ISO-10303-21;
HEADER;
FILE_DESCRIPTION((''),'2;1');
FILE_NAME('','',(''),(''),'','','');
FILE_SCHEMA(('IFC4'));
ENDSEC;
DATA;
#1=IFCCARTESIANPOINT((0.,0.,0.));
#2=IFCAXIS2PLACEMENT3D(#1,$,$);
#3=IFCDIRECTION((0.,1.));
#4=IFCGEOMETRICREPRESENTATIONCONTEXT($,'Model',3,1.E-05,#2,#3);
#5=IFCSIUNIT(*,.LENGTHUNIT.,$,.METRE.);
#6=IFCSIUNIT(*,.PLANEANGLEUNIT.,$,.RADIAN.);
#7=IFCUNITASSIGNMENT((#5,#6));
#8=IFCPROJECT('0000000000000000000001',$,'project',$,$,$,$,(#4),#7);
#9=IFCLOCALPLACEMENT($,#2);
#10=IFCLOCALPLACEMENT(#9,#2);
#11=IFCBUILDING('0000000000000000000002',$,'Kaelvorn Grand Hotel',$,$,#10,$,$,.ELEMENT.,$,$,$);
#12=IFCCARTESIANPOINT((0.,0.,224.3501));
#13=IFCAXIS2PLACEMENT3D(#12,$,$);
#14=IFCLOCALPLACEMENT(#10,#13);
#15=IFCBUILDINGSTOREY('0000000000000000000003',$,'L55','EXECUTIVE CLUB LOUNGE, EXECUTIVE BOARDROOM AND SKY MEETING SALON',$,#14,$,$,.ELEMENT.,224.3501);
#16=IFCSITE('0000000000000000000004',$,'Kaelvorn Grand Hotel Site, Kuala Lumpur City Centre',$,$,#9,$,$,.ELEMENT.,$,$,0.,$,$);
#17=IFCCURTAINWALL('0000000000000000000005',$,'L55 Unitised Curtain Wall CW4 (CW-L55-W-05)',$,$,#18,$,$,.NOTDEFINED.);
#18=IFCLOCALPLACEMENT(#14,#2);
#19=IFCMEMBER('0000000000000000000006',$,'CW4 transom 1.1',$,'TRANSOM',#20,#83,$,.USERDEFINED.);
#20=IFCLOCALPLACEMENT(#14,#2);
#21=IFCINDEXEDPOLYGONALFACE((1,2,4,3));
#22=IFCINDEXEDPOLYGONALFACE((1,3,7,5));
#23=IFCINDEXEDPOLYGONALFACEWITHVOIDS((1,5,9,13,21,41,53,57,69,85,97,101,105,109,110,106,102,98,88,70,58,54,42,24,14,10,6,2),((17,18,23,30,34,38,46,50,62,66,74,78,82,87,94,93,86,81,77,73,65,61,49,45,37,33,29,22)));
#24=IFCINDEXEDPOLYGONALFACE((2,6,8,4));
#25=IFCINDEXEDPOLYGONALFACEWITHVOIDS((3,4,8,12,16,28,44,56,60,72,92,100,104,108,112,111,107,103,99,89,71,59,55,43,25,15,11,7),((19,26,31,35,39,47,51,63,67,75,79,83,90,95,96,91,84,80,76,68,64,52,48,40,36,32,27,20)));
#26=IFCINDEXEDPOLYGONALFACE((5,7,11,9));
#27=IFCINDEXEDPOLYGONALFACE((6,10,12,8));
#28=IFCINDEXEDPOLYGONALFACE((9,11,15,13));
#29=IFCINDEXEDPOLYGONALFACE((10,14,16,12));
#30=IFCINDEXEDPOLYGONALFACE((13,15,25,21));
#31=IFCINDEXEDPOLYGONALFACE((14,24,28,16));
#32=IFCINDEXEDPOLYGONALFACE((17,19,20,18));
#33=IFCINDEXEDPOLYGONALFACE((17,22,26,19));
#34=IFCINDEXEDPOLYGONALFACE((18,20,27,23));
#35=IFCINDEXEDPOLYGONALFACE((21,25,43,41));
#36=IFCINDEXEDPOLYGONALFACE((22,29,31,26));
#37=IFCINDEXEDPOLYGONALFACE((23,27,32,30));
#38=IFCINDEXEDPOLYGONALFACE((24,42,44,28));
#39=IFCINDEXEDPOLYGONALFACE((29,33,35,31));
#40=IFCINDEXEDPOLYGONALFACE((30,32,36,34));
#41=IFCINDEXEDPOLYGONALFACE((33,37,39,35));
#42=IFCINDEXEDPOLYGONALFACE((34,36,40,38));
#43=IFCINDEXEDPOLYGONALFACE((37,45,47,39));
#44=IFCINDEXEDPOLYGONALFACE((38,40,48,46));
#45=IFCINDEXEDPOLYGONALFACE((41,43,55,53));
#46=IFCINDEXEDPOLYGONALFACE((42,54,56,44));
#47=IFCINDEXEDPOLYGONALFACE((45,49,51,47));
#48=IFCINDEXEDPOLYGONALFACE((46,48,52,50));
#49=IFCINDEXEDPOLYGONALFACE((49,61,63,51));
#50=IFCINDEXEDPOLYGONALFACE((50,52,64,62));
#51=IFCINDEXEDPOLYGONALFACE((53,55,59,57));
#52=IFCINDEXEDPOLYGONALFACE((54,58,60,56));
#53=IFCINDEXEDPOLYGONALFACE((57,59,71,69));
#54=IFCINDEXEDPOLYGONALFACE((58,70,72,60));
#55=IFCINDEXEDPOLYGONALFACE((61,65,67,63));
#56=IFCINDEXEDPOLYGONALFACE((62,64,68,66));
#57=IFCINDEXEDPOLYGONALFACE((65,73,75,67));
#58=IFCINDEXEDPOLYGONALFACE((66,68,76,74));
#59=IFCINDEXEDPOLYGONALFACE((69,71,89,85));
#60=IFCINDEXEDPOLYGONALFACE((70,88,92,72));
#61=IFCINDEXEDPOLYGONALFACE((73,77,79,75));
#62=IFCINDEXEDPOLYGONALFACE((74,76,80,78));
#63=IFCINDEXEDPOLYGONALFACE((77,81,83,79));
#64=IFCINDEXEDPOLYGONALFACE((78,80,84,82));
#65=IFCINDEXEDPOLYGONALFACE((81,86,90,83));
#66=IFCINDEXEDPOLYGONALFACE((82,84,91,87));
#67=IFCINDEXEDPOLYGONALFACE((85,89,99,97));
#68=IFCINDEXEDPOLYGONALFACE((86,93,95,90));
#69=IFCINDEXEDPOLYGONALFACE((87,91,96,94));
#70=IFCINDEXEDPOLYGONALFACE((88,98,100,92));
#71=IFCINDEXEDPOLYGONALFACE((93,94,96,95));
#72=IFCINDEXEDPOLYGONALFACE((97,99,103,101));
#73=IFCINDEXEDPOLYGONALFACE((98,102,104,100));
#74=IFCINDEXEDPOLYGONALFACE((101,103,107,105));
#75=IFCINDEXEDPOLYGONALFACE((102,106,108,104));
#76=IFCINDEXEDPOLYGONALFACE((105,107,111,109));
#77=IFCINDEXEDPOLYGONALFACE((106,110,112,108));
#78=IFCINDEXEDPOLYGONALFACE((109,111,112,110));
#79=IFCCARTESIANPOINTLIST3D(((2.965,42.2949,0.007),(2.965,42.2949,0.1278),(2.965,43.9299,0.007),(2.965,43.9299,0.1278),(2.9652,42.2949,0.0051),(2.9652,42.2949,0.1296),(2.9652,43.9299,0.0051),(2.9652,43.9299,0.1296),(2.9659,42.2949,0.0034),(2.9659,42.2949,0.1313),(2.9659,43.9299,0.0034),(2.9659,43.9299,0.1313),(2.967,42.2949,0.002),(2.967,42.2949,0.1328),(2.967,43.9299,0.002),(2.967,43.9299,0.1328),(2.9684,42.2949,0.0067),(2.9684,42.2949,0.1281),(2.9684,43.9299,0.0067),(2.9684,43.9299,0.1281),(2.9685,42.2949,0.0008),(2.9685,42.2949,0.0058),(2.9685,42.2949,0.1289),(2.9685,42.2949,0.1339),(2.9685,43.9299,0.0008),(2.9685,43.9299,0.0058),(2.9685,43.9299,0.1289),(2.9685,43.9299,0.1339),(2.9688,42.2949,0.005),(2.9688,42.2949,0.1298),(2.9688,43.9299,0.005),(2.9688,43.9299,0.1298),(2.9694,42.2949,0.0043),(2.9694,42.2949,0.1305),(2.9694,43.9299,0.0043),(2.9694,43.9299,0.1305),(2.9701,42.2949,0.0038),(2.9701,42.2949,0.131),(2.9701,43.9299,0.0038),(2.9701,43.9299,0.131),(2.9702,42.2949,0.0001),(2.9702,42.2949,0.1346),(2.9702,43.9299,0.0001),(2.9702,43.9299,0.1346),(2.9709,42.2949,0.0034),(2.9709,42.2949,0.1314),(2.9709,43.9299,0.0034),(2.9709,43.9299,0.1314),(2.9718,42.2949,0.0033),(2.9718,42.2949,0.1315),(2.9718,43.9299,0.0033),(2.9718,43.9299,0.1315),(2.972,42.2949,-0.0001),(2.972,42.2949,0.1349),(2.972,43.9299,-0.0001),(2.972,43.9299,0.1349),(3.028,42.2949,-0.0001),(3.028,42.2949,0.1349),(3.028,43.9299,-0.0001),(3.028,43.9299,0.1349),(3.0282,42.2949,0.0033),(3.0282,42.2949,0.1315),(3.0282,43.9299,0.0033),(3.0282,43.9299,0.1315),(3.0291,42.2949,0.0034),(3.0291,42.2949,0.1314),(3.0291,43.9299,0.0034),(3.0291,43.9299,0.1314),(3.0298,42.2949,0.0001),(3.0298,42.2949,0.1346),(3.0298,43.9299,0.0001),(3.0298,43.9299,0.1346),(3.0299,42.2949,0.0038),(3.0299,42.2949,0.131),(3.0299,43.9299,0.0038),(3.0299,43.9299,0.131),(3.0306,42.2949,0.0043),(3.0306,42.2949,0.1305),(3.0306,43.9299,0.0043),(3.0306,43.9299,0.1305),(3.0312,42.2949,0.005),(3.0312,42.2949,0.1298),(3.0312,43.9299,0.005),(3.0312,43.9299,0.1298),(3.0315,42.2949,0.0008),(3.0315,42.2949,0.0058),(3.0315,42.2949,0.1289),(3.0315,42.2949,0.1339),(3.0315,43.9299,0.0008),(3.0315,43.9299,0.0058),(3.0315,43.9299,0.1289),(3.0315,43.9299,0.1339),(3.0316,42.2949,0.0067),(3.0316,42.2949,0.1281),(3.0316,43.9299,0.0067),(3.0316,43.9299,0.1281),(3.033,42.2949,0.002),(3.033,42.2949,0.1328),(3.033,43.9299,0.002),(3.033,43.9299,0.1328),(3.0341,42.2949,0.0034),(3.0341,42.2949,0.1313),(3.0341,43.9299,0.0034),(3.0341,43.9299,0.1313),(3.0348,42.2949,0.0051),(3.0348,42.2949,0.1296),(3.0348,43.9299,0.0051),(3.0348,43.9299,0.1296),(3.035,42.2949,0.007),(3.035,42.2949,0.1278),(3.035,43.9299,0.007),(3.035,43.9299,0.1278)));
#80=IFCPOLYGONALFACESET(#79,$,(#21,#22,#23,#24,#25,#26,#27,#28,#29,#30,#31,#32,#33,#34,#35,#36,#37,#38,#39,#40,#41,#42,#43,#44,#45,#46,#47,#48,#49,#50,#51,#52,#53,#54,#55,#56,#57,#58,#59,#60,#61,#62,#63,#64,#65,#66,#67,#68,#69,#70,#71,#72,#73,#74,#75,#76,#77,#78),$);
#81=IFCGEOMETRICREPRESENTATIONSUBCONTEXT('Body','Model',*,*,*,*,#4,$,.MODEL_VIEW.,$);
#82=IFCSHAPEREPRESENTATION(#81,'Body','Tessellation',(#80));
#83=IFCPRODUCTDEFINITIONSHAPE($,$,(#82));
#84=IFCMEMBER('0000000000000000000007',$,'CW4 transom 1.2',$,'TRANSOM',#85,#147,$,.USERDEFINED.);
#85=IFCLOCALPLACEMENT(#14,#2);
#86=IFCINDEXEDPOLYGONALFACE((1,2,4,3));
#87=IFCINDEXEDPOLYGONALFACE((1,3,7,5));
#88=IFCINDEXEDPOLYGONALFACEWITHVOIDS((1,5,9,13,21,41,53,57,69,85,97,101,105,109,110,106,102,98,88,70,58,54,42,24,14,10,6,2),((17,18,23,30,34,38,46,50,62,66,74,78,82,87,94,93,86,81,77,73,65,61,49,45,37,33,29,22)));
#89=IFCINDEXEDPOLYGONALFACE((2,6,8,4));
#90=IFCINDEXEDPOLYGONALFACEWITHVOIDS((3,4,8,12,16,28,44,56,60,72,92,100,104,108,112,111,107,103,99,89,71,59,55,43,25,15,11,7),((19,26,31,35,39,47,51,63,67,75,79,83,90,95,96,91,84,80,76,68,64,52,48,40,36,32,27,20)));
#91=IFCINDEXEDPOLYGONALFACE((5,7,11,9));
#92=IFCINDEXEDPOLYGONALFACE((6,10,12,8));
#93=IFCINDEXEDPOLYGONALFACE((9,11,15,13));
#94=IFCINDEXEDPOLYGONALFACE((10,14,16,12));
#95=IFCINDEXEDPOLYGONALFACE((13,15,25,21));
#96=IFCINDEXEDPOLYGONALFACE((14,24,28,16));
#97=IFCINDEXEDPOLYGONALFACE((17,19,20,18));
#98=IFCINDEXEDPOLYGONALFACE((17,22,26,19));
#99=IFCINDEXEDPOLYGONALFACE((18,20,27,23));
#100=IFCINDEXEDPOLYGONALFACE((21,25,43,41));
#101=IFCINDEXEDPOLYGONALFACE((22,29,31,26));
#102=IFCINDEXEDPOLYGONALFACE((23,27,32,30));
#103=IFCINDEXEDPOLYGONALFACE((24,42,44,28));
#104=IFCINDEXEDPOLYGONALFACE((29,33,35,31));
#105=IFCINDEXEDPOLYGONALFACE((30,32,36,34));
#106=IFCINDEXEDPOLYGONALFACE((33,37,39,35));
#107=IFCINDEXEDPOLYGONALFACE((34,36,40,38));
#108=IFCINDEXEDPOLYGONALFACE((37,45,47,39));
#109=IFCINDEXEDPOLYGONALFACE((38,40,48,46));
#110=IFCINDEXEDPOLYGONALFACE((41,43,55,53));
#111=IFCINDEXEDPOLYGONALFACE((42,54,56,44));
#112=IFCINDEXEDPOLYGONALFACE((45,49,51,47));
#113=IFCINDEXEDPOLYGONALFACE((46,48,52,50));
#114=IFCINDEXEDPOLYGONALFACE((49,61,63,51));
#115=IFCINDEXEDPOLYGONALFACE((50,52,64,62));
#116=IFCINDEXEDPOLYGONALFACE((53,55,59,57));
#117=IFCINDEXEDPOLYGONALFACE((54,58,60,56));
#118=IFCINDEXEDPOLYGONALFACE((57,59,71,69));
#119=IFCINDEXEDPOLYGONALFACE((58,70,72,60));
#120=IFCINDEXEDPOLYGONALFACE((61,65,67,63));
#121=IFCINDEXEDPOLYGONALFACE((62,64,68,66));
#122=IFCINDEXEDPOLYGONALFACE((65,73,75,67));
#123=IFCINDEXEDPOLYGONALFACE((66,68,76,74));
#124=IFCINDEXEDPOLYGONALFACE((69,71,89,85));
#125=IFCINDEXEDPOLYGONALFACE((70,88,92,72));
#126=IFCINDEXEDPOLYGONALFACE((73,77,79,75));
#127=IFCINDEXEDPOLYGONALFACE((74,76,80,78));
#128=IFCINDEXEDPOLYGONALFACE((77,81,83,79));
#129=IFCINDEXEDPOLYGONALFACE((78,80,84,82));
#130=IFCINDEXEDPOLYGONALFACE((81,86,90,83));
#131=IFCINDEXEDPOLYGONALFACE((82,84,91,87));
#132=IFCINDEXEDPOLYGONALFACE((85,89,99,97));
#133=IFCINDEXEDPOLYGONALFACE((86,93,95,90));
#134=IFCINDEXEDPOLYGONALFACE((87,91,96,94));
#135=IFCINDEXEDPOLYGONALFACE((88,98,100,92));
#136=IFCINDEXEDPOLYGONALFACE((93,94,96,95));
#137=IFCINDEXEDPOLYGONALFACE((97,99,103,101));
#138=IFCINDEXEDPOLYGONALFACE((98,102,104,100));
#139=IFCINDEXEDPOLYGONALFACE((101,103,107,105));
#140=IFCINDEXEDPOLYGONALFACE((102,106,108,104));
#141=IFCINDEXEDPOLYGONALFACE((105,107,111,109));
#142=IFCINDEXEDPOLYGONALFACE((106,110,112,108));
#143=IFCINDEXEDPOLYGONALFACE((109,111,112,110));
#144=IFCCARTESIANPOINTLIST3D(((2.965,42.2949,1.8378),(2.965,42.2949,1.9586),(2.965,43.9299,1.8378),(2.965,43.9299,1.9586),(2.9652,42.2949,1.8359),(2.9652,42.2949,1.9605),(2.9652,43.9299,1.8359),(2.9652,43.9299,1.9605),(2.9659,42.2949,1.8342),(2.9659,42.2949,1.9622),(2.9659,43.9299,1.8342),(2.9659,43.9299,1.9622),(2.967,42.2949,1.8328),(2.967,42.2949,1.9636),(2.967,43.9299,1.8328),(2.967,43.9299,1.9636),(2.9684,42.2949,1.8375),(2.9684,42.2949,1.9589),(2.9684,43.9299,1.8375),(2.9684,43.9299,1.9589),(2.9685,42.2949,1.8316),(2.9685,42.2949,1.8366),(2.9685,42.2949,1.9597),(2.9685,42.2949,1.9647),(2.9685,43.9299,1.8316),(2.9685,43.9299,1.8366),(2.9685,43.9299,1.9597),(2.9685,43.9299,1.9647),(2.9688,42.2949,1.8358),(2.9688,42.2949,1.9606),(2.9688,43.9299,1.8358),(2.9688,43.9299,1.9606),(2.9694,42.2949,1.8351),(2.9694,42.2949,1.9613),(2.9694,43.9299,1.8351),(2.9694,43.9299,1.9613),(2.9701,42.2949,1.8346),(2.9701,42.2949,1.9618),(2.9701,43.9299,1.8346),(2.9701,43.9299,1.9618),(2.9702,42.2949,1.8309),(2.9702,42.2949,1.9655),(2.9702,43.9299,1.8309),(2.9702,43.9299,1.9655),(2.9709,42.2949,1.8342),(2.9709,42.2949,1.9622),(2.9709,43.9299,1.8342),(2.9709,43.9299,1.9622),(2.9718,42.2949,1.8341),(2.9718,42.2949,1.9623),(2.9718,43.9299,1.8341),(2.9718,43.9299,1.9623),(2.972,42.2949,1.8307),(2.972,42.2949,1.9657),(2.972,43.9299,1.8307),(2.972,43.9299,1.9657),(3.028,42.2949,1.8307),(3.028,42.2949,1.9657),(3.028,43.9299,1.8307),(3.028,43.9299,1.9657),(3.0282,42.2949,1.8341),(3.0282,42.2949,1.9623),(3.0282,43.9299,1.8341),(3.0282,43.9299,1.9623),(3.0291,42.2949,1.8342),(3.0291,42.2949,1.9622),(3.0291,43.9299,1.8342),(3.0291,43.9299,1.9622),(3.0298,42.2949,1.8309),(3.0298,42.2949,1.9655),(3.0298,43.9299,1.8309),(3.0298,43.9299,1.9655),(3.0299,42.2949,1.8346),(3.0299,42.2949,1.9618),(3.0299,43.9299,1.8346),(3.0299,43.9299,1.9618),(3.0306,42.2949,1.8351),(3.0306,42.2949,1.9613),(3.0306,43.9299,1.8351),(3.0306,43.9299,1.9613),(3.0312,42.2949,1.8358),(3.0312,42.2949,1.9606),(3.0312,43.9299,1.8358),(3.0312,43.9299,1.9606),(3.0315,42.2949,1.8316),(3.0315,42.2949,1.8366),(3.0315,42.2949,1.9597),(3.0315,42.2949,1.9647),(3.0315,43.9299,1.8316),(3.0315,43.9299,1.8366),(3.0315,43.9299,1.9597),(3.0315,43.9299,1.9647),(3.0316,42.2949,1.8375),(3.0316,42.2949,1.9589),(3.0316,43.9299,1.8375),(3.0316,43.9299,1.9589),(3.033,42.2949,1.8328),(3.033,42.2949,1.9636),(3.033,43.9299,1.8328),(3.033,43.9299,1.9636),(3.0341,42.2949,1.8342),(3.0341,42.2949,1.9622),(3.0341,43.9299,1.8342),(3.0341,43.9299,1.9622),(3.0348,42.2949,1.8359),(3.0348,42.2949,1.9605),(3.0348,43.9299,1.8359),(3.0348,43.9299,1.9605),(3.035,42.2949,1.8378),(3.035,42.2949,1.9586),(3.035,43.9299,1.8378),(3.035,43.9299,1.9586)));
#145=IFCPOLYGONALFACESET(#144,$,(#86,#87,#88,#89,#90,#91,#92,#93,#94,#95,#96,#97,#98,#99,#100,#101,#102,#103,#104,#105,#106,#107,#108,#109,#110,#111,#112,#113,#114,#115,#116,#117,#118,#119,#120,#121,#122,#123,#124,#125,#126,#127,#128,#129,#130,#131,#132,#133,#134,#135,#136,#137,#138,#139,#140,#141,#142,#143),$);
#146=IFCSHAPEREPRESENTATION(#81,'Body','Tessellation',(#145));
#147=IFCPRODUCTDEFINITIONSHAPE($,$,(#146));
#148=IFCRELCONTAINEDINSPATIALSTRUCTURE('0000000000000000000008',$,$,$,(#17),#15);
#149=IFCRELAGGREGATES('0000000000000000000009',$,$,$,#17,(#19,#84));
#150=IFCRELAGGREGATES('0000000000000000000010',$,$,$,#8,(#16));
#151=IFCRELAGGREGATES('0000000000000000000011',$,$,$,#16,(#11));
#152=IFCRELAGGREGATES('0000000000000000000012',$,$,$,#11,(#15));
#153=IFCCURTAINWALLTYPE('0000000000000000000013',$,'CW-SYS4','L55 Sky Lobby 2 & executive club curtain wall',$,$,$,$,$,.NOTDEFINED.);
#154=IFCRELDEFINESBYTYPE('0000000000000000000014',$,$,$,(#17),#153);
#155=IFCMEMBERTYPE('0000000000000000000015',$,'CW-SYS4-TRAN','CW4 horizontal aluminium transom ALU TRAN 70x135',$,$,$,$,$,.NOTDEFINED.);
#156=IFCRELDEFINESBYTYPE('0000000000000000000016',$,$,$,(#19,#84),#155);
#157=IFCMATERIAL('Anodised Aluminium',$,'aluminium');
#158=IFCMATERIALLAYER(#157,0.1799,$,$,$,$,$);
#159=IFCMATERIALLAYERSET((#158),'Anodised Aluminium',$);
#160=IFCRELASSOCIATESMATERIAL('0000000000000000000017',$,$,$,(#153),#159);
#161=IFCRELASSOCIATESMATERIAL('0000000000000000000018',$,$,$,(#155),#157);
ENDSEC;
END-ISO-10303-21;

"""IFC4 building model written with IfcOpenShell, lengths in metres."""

from ifc_helpers import new_model, si_unit, direction, frame, origin, origin_2d, place, context, subcontext, project, spatial, hollow_rectangle, extrude, material, layer, layer_set, material_profile, profile_set, type_object, element, aggregate, save


model = new_model("IFC4")

# Units and contexts
model_context = context("Model", 3, precision=1e-05, world=origin(), true_north=direction((0.0, 1.0)))
body_context = subcontext(model_context, "Body", "Model", "MODEL_VIEW")
ifc_project = project(units=[si_unit("LENGTHUNIT", "METRE"), si_unit("PLANEANGLEUNIT", "RADIAN")], contexts=[model_context])

# Site, building, storey
site_placement = place(None, origin())
site = spatial("IfcSite", under=ifc_project, at=site_placement, Name="Kaelvorn Grand Hotel Site, Kuala Lumpur City Centre", CompositionType="ELEMENT", RefElevation=0.0)
building_placement = place(site_placement, origin())
building = spatial("IfcBuilding", under=site, at=building_placement, Name="Kaelvorn Grand Hotel", CompositionType="ELEMENT")
storey_placement = place(building_placement, frame((0.0, 0.0, 224.3501)))
storey = spatial("IfcBuildingStorey", under=building, at=storey_placement, Name="L55", Description="EXECUTIVE CLUB LOUNGE, EXECUTIVE BOARDROOM AND SKY MEETING SALON", CompositionType="ELEMENT", Elevation=224.3501)

# Curtain wall, members
ifc_material_1 = material(Name="Anodised Aluminium", Category="aluminium")
ifc_layer_1 = layer(ifc_material_1, 0.1799)
ifc_layer_set_1 = layer_set([ifc_layer_1], Name="Anodised Aluminium")
curtain_wall_type = type_object("IfcCurtainWallType", Name="CW-SYS4", Description="L55 Sky Lobby 2 & executive club curtain wall", PredefinedType="NOTDEFINED", material=ifc_layer_set_1)
curtain_wall_placement = place(storey_placement, origin())
curtain_wall = element("IfcCurtainWall", 1, at=curtain_wall_placement, inside=storey, type_object=curtain_wall_type, Name="L55 Unitised Curtain Wall CW4 (CW-L55-W-05)", PredefinedType="NOTDEFINED")
ifc_material_profile_1 = material_profile(ifc_material_1, hollow_rectangle(XDim=0.0701, YDim=0.135, WallThickness=0.0034, InnerFilletRadius=0.0034, OuterFilletRadius=0.0071, at=origin_2d()), Name="ALU TRAN 70x135")
ifc_profile_set_1 = profile_set([ifc_material_profile_1], Name="Anodised Aluminium")
member_type_1 = type_object("IfcMemberType", Name="CW-SYS4-TRAN", Description="CW4 horizontal aluminium transom ALU TRAN 70x135", PredefinedType="NOTDEFINED", material=ifc_profile_set_1)
member_1_placement = place(storey_placement, frame((3.0, 43.9299, 0.0674), z_axis=(0.0, -1.0, 0.0), x_axis=(1.0, 0.0, 0.0)))
member_1 = element("IfcMember", 2, at=member_1_placement, type_object=member_type_1, Name="CW4 transom 1.1", ObjectType="TRANSOM", PredefinedType="USERDEFINED", context=body_context, shape_type="SweptSolid", body=[
    extrude(hollow_rectangle(XDim=0.0701, YDim=0.135, WallThickness=0.0034, InnerFilletRadius=0.0034, OuterFilletRadius=0.0071, at=origin_2d()), origin(), (0.0, 0.0, 1.0), 1.635),
])
member_2_placement = place(storey_placement, frame((3.0, 43.9299, 1.8982), z_axis=(0.0, -1.0, 0.0), x_axis=(1.0, 0.0, 0.0)))
member_2 = element("IfcMember", 3, at=member_2_placement, type_object=member_type_1, Name="CW4 transom 1.2", ObjectType="TRANSOM", PredefinedType="USERDEFINED", context=body_context, shape_type="SweptSolid", body=[
    extrude(hollow_rectangle(XDim=0.0701, YDim=0.135, WallThickness=0.0034, InnerFilletRadius=0.0034, OuterFilletRadius=0.0071, at=origin_2d()), origin(), (0.0, 0.0, 1.0), 1.635),
])
aggregate(curtain_wall, [member_1, member_2])

save(model, "model.ifc")
